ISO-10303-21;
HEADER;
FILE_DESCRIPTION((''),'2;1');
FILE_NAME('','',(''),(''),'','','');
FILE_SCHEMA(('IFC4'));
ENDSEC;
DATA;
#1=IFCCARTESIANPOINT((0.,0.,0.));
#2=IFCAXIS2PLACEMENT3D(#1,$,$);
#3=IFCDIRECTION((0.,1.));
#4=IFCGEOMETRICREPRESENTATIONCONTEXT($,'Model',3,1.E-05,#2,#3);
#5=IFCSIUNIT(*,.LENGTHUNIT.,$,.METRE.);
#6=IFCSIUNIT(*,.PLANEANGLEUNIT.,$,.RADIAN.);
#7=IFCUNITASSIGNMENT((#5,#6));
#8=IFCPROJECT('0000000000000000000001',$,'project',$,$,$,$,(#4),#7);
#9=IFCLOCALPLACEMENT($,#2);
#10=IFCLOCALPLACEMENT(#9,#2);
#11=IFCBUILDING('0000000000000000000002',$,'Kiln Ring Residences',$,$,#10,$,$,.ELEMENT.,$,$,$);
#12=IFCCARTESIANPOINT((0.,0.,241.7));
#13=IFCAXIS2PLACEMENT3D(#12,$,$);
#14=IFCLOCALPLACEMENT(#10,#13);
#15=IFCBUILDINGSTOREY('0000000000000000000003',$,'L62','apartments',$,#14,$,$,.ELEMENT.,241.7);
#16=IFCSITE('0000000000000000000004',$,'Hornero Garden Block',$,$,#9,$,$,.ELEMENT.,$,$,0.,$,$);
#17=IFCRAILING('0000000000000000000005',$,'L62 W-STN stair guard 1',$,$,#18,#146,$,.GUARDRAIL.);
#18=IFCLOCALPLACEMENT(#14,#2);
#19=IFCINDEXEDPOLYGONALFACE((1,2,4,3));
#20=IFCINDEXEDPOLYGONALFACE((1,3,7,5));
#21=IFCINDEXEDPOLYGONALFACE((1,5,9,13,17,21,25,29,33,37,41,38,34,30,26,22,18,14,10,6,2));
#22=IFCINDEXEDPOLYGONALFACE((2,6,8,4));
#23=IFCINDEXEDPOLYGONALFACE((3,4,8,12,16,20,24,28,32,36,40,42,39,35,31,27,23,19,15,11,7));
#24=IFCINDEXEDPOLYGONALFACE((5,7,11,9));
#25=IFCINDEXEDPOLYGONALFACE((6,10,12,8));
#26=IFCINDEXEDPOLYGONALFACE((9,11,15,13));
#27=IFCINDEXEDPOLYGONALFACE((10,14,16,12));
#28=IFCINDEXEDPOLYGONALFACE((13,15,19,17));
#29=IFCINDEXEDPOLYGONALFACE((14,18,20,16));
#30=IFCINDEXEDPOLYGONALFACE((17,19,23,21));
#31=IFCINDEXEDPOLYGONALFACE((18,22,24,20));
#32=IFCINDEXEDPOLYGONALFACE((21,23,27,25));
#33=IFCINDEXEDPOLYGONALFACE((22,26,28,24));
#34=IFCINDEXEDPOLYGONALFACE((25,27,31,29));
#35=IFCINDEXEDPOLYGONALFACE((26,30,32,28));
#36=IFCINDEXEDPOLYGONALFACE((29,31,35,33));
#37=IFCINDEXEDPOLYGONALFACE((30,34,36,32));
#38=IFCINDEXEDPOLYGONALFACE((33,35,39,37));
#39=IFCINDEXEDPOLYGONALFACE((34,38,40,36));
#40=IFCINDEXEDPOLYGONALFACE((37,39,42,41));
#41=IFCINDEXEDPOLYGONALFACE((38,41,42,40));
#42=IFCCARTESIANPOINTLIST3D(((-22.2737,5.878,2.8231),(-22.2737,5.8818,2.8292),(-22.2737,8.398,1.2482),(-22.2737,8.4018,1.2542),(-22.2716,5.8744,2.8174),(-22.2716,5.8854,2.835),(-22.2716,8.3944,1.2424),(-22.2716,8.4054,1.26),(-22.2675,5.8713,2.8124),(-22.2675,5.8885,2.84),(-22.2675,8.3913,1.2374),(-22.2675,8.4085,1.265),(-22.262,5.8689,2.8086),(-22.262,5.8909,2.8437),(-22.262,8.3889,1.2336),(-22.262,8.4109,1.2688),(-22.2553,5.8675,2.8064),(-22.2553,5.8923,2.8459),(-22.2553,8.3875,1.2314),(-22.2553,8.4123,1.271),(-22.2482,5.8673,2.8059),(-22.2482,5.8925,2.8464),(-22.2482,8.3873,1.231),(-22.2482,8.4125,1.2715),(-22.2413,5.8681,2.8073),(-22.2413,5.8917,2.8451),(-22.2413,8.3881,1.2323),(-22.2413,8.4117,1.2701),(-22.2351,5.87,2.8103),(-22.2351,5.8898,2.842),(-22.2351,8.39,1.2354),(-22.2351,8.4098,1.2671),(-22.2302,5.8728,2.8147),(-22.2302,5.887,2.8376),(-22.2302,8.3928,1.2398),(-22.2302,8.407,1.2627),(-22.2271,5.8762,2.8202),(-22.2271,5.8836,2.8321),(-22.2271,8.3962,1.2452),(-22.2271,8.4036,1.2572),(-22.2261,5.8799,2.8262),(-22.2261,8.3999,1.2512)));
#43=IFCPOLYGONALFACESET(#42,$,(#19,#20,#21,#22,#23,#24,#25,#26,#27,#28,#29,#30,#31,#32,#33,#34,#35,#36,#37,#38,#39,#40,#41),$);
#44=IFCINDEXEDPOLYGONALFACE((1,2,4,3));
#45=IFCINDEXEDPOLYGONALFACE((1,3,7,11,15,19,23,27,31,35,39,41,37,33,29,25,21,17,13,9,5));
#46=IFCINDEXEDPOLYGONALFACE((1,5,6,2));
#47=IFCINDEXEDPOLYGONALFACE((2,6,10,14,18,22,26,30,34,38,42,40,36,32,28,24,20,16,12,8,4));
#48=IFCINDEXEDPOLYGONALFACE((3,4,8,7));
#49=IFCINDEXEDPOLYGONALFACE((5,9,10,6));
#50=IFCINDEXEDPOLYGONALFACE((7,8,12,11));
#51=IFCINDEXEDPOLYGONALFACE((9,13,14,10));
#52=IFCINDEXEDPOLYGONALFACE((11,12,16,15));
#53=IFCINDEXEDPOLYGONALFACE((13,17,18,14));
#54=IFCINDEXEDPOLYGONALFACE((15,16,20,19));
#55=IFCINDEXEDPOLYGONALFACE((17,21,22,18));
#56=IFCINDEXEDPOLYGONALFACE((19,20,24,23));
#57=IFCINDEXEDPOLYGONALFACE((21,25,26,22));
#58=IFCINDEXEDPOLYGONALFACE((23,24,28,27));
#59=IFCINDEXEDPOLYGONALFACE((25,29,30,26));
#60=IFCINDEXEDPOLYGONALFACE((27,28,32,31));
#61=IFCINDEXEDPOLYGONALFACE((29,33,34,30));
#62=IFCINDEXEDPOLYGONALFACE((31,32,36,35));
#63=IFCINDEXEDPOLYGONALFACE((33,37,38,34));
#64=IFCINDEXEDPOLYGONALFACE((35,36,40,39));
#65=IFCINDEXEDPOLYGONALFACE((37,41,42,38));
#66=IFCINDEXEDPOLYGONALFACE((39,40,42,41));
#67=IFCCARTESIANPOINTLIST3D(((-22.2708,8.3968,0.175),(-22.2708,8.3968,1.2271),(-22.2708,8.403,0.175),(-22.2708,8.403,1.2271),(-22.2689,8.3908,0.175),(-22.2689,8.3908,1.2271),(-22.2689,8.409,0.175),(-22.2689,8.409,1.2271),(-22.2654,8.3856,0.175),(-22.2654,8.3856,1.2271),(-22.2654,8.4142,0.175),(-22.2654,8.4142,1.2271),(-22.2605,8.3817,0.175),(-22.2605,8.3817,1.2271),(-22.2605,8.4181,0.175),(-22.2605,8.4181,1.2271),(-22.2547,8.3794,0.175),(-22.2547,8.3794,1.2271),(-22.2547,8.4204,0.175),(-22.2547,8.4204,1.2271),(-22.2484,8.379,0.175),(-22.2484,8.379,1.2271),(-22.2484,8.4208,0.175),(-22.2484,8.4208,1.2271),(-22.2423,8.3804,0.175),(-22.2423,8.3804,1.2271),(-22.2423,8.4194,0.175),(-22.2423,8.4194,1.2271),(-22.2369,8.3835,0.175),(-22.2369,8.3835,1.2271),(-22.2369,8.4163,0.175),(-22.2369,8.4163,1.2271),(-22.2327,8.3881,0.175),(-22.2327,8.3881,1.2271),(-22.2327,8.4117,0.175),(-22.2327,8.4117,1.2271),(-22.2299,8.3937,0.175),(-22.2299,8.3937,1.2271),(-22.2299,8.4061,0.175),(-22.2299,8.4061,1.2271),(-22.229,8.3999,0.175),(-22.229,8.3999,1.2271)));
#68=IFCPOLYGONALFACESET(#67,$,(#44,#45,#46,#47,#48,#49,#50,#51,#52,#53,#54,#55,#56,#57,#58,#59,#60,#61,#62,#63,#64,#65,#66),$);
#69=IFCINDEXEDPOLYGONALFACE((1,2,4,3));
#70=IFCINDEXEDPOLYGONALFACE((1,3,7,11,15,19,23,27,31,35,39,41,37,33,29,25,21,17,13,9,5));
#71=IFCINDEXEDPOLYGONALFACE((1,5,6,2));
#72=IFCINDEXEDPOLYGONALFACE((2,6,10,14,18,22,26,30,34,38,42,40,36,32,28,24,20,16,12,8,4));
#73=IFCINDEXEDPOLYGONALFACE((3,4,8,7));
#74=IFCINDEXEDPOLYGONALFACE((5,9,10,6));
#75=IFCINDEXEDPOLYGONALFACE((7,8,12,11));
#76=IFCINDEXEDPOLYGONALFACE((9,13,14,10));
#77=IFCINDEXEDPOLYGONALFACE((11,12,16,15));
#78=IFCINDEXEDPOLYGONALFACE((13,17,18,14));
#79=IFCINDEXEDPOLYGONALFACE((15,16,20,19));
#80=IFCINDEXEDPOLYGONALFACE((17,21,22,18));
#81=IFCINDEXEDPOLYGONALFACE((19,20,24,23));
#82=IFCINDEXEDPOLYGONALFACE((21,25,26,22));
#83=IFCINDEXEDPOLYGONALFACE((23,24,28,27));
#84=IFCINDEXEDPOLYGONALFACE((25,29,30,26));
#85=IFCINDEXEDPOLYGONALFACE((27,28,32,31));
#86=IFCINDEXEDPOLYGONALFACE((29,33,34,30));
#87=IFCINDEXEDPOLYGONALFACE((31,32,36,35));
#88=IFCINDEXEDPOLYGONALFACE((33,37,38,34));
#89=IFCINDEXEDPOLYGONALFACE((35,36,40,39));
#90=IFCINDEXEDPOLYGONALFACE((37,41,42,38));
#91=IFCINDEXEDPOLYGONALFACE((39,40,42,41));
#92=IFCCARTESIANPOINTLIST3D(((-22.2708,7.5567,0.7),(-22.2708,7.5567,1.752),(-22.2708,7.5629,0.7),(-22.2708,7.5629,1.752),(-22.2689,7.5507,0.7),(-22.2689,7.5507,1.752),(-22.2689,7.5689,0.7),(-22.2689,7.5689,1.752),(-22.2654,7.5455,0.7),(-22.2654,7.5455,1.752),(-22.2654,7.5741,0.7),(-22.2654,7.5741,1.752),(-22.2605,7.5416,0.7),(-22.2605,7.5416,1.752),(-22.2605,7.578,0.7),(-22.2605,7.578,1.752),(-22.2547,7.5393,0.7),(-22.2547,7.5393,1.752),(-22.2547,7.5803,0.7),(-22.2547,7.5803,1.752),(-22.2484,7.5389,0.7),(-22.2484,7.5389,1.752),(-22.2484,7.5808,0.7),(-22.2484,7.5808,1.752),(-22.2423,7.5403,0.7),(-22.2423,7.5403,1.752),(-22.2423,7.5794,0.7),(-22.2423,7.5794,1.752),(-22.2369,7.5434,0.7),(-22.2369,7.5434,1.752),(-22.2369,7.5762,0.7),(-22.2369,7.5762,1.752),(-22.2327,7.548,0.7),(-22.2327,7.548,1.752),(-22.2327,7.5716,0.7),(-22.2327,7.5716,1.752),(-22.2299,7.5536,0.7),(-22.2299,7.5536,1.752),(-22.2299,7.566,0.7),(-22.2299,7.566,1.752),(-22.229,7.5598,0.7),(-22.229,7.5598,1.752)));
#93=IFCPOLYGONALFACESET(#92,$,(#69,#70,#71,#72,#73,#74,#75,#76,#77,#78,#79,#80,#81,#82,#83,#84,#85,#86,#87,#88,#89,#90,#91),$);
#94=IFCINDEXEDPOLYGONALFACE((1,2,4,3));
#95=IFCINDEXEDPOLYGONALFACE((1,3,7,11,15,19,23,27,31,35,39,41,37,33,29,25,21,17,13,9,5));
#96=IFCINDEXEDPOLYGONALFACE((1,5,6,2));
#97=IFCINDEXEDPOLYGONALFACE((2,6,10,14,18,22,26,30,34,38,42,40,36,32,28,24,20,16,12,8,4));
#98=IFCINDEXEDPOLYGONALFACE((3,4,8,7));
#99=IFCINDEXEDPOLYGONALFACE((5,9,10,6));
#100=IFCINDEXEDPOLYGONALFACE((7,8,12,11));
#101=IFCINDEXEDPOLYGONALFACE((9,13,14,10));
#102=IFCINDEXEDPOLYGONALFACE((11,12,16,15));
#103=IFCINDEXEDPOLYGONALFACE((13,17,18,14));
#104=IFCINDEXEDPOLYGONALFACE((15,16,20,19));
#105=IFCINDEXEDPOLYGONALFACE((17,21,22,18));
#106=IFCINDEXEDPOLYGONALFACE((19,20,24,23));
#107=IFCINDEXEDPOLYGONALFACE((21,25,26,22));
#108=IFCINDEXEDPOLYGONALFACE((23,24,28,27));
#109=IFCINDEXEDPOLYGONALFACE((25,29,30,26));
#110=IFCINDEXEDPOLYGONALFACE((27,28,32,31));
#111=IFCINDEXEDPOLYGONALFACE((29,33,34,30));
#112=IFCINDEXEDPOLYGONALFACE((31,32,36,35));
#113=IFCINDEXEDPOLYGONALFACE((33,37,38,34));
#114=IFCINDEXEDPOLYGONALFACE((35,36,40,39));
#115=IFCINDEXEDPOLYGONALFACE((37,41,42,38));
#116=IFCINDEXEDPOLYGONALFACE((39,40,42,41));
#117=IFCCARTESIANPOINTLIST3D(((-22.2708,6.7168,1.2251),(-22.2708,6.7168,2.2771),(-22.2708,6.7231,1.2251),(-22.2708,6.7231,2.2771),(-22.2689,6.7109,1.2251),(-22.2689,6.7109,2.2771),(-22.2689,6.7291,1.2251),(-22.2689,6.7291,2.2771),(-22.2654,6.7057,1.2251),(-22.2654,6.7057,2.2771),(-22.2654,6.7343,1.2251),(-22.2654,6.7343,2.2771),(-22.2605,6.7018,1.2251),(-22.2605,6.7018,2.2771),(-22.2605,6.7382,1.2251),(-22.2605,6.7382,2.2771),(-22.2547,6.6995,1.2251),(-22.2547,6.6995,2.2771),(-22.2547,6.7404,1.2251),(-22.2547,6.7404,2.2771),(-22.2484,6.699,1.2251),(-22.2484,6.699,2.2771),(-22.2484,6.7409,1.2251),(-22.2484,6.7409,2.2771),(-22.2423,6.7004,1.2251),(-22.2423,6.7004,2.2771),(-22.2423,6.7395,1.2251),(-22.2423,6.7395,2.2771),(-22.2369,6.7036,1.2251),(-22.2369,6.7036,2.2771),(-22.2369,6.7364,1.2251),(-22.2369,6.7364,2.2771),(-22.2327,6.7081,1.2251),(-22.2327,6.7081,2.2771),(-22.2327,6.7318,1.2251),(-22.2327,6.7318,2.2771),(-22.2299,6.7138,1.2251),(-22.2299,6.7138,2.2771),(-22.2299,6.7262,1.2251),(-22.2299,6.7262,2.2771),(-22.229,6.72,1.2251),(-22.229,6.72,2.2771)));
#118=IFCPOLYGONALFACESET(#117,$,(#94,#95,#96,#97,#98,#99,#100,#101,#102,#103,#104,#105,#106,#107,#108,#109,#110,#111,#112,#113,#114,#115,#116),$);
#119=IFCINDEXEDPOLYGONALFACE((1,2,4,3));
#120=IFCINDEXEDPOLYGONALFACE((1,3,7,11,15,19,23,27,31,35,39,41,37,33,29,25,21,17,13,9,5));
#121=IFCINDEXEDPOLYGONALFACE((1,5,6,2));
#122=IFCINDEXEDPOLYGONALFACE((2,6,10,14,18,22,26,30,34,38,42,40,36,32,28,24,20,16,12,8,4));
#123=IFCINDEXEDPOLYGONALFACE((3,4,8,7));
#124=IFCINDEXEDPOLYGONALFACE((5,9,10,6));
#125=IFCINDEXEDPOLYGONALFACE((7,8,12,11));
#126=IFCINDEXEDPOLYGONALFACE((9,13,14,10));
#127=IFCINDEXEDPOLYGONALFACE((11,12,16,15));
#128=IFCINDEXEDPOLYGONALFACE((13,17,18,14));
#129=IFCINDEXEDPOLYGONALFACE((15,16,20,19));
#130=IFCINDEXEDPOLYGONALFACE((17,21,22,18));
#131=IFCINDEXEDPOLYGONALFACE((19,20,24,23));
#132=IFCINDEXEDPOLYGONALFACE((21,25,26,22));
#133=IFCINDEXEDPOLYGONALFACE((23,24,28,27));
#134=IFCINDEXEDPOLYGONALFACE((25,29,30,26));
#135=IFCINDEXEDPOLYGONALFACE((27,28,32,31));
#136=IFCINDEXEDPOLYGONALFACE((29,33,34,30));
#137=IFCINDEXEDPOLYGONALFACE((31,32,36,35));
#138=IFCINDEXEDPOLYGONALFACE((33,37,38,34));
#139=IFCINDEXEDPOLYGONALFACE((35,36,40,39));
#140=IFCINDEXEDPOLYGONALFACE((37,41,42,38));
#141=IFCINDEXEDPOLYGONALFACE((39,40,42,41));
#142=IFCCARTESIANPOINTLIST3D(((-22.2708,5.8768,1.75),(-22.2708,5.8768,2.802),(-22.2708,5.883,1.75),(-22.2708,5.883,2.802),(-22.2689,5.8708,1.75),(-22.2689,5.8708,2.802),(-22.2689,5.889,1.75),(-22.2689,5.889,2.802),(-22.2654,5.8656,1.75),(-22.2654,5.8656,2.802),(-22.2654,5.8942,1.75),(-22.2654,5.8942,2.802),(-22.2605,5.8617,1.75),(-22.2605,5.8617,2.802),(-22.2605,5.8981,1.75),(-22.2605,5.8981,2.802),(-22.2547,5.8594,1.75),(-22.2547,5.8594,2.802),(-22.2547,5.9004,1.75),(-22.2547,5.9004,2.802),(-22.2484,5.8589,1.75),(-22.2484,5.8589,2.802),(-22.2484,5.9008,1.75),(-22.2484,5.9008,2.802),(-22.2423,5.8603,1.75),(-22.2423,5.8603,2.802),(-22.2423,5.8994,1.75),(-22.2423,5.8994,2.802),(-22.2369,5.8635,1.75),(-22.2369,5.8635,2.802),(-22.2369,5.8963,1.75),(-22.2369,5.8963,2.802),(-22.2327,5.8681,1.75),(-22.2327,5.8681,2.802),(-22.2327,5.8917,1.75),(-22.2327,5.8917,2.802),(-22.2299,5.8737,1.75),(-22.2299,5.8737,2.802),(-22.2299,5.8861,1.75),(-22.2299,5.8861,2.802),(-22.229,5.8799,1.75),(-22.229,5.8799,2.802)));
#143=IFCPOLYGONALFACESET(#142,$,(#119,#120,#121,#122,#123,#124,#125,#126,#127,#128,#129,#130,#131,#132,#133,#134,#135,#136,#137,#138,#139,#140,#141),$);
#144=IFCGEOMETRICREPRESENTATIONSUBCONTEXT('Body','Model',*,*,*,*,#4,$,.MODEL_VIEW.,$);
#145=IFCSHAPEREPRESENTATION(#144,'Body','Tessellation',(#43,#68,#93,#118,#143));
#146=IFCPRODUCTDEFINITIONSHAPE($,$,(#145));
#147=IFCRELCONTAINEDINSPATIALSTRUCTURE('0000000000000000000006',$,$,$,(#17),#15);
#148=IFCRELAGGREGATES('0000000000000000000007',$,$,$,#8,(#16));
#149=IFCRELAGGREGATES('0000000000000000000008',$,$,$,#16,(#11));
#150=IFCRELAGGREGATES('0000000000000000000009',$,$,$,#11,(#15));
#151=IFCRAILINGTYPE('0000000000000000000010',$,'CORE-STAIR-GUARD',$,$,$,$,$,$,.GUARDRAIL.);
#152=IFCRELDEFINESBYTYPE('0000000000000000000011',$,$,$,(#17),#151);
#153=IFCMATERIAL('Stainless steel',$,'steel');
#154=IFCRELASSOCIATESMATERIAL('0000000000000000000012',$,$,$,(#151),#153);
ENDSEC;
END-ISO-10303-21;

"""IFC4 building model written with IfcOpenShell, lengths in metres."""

from ifc_helpers import new_model, si_unit, direction, frame, origin, origin_2d, place, context, subcontext, project, spatial, circle, extrude, material, type_object, element, save


model = new_model("IFC4")

# Units and contexts
model_context = context("Model", 3, precision=1e-05, world=origin(), true_north=direction((0.0, 1.0)))
body_context = subcontext(model_context, "Body", "Model", "MODEL_VIEW")
ifc_project = project(units=[si_unit("LENGTHUNIT", "METRE"), si_unit("PLANEANGLEUNIT", "RADIAN")], contexts=[model_context])

# Site, building, storey
site_placement = place(None, origin())
site = spatial("IfcSite", under=ifc_project, at=site_placement, Name="Hornero Garden Block", CompositionType="ELEMENT", RefElevation=0.0)
building_placement = place(site_placement, origin())
building = spatial("IfcBuilding", under=site, at=building_placement, Name="Kiln Ring Residences", CompositionType="ELEMENT")
storey_placement = place(building_placement, frame((0.0, 0.0, 241.7)))
storey = spatial("IfcBuildingStorey", under=building, at=storey_placement, Name="L62", Description="apartments", CompositionType="ELEMENT", Elevation=241.7)

# Railing
ifc_material_1 = material(Name="Stainless steel", Category="steel")
railing_type = type_object("IfcRailingType", Name="CORE-STAIR-GUARD", PredefinedType="GUARDRAIL", material=ifc_material_1)
railing_1_placement = place(storey_placement, frame((-22.25, 8.3999, 0.175)))
element("IfcRailing", 1, at=railing_1_placement, inside=storey, type_object=railing_type, Name="L62 W-STN stair guard 1", PredefinedType="GUARDRAIL", context=body_context, shape_type="SweptSolid", body=[
    extrude(circle(Radius=0.0239, at=origin_2d()), frame((0.0, 0.0, 1.0762), z_axis=(0.0, -0.848008, 0.529984), x_axis=(1.0, 0.0, 0.0)), (0.0, 0.0, 1.0), 2.9717),
    extrude(circle(Radius=0.021, at=origin_2d()), origin(), (0.0, 0.0, 1.0), 1.052),
    extrude(circle(Radius=0.021, at=origin_2d()), frame((0.0, -0.8401, 0.5249)), (0.0, 0.0, 1.0), 1.052),
    extrude(circle(Radius=0.021, at=origin_2d()), frame((0.0, -1.6799, 1.05)), (0.0, 0.0, 1.0), 1.052),
    extrude(circle(Radius=0.021, at=origin_2d()), frame((0.0, -2.52, 1.575)), (0.0, 0.0, 1.0), 1.052),
])

save(model, "model.ifc")
